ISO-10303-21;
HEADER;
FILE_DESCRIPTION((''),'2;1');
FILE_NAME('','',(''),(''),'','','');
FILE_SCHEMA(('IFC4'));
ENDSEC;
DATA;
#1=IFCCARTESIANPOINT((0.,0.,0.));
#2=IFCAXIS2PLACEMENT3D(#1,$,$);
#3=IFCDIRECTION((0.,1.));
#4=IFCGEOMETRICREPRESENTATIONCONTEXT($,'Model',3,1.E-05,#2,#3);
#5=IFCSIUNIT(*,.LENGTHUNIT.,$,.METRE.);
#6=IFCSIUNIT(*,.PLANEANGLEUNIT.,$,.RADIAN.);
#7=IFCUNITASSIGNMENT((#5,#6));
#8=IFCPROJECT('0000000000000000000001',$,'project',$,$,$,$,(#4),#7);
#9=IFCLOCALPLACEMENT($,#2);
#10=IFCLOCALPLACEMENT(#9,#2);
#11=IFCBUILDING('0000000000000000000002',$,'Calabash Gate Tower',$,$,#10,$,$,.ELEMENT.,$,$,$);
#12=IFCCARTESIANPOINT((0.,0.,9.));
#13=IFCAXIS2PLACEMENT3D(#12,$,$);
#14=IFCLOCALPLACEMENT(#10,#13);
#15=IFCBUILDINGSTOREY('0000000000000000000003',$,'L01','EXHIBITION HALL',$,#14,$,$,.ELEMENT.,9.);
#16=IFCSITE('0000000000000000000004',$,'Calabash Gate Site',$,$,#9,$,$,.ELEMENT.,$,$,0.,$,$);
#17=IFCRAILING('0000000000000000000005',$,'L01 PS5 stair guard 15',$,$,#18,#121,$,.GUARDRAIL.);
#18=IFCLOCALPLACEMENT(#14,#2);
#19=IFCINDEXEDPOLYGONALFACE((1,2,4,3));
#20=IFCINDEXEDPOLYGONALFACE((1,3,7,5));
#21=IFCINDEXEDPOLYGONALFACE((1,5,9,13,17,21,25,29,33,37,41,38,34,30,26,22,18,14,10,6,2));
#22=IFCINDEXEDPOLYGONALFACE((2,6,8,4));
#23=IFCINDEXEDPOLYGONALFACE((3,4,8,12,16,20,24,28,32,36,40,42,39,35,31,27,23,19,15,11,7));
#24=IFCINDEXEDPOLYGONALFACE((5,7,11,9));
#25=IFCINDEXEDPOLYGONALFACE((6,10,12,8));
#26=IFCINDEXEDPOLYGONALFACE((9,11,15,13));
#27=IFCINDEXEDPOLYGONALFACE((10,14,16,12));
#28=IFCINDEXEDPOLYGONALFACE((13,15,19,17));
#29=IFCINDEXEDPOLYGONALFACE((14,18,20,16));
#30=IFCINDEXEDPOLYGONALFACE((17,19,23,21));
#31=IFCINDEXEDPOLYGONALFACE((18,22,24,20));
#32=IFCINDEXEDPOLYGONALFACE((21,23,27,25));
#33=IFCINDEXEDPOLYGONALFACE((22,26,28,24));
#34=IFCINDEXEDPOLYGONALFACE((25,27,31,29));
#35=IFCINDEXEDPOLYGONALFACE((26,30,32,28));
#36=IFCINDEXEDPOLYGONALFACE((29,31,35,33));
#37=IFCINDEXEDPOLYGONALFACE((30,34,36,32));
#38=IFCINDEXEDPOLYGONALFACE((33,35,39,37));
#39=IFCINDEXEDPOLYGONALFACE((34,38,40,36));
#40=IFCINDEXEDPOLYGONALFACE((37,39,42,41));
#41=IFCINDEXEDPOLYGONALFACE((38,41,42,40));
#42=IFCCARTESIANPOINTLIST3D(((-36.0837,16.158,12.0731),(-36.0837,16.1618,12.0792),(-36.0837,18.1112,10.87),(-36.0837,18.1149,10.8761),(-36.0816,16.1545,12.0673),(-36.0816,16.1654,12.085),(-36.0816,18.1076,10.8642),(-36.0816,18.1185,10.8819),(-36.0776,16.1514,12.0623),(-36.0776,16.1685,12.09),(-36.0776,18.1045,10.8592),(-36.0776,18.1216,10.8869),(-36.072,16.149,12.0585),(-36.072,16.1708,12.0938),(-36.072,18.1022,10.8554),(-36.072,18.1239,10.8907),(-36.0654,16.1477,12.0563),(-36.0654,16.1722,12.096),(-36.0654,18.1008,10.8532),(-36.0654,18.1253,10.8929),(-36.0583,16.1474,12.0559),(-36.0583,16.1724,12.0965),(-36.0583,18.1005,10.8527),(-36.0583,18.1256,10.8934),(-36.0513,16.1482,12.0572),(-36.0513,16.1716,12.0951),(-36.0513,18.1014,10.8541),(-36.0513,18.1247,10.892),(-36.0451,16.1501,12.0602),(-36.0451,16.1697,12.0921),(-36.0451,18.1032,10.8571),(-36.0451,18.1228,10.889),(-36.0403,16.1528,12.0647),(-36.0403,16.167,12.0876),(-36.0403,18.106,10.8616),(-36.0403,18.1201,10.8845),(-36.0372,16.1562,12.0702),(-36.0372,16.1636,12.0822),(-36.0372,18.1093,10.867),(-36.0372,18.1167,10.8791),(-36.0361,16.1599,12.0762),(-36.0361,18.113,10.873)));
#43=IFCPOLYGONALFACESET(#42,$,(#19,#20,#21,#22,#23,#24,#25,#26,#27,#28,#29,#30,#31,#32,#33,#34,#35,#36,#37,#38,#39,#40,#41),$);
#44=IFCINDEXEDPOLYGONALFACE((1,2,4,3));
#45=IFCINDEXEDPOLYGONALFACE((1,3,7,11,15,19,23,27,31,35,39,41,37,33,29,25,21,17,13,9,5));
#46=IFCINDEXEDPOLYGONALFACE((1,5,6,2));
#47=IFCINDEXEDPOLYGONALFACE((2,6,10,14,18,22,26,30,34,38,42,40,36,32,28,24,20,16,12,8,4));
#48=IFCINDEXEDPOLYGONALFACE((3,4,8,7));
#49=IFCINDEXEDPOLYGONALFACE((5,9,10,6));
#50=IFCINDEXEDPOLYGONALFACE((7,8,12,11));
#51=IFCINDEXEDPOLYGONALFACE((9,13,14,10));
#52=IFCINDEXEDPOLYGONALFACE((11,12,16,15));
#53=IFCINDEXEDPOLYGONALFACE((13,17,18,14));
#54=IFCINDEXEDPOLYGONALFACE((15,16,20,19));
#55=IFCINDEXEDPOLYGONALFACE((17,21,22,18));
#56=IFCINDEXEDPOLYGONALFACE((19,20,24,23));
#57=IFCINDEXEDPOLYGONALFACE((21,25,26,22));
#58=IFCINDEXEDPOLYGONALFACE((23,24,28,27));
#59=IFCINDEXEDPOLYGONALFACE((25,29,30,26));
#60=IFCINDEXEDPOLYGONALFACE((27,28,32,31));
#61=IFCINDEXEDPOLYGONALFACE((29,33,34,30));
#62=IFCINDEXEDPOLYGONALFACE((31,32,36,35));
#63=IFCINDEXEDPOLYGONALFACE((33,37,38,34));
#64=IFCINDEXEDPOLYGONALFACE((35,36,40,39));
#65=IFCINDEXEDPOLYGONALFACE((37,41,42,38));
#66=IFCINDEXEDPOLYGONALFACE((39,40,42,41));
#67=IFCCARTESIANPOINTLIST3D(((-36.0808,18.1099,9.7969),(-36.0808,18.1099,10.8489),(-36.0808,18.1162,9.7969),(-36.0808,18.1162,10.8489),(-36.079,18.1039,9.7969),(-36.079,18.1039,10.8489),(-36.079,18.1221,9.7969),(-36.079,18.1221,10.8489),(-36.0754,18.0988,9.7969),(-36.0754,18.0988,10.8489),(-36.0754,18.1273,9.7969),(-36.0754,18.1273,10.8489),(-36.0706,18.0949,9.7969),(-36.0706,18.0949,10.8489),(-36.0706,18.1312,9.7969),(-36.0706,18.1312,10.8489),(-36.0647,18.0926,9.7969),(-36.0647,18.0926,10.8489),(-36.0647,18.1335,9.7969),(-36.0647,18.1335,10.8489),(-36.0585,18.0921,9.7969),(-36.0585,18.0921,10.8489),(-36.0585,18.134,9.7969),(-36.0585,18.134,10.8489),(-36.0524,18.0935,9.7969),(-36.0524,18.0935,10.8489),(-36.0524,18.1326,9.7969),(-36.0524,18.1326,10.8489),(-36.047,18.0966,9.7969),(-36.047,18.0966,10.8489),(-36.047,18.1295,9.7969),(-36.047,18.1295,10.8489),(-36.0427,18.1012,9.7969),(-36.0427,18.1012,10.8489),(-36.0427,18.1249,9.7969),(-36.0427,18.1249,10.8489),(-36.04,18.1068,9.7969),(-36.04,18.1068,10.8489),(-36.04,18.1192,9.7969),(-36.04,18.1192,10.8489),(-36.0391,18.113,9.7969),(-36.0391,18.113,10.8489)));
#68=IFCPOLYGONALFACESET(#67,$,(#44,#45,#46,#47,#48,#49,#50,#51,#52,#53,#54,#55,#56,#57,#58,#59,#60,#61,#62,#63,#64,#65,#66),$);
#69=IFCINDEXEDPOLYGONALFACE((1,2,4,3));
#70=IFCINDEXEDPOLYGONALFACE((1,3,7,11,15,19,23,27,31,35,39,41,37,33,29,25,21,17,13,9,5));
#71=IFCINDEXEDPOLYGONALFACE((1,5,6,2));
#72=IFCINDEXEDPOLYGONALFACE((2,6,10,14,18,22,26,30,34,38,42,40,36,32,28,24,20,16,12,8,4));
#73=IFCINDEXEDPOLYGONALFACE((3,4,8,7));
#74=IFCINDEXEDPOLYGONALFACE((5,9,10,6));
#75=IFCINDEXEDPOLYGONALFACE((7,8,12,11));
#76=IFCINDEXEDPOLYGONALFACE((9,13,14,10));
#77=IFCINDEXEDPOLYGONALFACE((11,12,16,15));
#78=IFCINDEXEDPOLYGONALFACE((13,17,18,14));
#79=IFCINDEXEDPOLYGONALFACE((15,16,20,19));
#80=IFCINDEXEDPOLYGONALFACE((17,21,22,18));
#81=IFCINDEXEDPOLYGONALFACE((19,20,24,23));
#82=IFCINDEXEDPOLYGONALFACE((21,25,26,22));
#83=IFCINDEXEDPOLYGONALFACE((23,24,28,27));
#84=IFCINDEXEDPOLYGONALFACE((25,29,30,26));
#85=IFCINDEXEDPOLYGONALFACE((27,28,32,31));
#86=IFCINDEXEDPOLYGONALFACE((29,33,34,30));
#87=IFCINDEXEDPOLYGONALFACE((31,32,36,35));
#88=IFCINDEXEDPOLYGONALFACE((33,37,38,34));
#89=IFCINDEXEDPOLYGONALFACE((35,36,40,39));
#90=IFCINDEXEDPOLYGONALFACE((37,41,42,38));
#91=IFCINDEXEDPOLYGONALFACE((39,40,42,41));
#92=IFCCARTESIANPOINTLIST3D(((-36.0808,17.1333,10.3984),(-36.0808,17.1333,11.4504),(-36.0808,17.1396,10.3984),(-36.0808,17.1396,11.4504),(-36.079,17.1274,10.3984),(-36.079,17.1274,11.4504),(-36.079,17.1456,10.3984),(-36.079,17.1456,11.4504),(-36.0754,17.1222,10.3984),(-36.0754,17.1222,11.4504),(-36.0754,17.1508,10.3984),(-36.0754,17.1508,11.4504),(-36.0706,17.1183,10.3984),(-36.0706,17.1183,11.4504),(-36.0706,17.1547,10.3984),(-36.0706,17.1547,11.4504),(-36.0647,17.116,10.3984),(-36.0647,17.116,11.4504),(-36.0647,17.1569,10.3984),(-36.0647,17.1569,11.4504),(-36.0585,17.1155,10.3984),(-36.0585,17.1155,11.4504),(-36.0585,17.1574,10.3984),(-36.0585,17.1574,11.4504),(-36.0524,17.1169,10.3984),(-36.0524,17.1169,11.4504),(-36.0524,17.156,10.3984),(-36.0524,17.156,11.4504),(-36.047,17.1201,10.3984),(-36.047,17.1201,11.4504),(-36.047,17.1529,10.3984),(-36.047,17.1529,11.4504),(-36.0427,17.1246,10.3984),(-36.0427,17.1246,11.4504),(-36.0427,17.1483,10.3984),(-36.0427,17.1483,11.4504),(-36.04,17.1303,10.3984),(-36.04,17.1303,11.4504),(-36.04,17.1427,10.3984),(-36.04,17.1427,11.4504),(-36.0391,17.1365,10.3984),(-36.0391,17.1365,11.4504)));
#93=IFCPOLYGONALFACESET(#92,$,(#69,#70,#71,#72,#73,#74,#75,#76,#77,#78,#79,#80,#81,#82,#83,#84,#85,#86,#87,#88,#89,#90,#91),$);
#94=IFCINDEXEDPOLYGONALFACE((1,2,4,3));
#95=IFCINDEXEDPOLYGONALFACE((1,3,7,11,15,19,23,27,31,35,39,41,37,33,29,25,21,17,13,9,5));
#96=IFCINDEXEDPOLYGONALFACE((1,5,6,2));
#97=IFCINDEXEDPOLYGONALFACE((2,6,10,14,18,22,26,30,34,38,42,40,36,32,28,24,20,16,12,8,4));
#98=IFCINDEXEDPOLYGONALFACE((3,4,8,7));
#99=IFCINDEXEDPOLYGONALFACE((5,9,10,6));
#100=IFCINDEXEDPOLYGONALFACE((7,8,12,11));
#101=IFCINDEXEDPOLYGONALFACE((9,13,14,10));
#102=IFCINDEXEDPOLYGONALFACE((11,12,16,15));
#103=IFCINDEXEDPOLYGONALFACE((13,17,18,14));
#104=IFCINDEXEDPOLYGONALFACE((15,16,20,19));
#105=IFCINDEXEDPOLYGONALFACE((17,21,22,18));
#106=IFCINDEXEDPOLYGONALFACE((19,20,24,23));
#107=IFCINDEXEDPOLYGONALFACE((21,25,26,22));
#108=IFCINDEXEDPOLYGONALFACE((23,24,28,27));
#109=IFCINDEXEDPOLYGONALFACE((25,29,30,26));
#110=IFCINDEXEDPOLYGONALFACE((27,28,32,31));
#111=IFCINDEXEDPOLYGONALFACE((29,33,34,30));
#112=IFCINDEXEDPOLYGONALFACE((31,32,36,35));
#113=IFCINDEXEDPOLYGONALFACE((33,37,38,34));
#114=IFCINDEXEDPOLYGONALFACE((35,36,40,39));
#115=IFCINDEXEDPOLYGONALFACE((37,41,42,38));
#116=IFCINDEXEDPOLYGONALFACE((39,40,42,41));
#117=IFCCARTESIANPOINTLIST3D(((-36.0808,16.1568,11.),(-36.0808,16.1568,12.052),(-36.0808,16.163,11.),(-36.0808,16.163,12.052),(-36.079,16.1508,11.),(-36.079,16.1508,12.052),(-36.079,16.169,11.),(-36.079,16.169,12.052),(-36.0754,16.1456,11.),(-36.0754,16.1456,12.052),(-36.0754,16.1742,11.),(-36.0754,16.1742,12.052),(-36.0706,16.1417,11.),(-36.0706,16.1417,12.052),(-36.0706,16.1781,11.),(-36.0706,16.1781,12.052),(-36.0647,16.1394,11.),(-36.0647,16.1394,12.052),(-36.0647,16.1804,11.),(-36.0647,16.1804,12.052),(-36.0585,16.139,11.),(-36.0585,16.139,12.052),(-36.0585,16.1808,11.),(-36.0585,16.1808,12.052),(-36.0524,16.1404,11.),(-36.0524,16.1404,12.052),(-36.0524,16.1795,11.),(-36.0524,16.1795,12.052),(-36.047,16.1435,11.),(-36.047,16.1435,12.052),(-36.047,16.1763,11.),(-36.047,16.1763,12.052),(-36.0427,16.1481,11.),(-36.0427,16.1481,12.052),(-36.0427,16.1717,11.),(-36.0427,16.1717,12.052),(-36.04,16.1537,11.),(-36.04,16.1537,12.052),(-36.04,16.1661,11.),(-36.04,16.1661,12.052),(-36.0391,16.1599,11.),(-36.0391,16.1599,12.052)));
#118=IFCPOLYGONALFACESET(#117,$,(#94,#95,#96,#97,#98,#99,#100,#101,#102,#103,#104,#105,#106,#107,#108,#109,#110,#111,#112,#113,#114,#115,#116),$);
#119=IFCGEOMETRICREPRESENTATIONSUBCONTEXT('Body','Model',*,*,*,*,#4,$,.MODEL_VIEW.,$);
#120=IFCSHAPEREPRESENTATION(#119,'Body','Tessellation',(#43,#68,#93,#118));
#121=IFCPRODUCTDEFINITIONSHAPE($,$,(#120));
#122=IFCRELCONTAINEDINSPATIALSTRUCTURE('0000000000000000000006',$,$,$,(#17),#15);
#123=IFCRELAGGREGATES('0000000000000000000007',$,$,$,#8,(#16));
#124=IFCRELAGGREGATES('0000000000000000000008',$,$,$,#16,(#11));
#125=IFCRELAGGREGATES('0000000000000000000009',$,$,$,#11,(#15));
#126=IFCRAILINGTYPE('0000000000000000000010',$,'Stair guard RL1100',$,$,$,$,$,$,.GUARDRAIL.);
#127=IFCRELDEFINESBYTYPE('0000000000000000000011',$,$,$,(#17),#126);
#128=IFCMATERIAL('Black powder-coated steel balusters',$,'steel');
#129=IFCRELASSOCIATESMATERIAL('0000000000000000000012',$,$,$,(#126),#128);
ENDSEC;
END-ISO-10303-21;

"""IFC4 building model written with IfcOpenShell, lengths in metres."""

from ifc_helpers import new_model, si_unit, direction, frame, origin, origin_2d, place, context, subcontext, project, spatial, circle, extrude, material, type_object, element, save


model = new_model("IFC4")

# Units and contexts
model_context = context("Model", 3, precision=1e-05, world=origin(), true_north=direction((0.0, 1.0)))
body_context = subcontext(model_context, "Body", "Model", "MODEL_VIEW")
ifc_project = project(units=[si_unit("LENGTHUNIT", "METRE"), si_unit("PLANEANGLEUNIT", "RADIAN")], contexts=[model_context])

# Site, building, storey
site_placement = place(None, origin())
site = spatial("IfcSite", under=ifc_project, at=site_placement, Name="Calabash Gate Site", CompositionType="ELEMENT", RefElevation=0.0)
building_placement = place(site_placement, origin())
building = spatial("IfcBuilding", under=site, at=building_placement, Name="Calabash Gate Tower", CompositionType="ELEMENT")
storey_placement = place(building_placement, frame((0.0, 0.0, 9.0)))
storey = spatial("IfcBuildingStorey", under=building, at=storey_placement, Name="L01", Description="EXHIBITION HALL", CompositionType="ELEMENT", Elevation=9.0)

# Railing
ifc_material_1 = material(Name="Black powder-coated steel balusters", Category="steel")
railing_type_1 = type_object("IfcRailingType", Name="Stair guard RL1100", PredefinedType="GUARDRAIL", material=ifc_material_1)
for number, where, name in (
    (1, (-36.0601, 18.113, 9.7969), "L01 PS5 stair guard 15"),
):
    element("IfcRailing", number, at=place(storey_placement, frame(where)), inside=storey, type_object=railing_type_1, Name=name, PredefinedType="GUARDRAIL", context=body_context, shape_type="SweptSolid", body=[
        extrude(circle(Radius=0.0239, at=origin_2d()), frame((0.0, 0.0, 1.0762), z_axis=(0.0, -0.851424, 0.524477), x_axis=(1.0, 0.0, 0.0)), (0.0, 0.0, 1.0), 2.2939),
        extrude(circle(Radius=0.021, at=origin_2d()), origin(), (0.0, 0.0, 1.0), 1.052),
        extrude(circle(Radius=0.021, at=origin_2d()), frame((0.0, -0.9766, 0.6016)), (0.0, 0.0, 1.0), 1.052),
        extrude(circle(Radius=0.021, at=origin_2d()), frame((0.0, -1.9531, 1.2031)), (0.0, 0.0, 1.0), 1.052),
    ])

save(model, "model.ifc")
